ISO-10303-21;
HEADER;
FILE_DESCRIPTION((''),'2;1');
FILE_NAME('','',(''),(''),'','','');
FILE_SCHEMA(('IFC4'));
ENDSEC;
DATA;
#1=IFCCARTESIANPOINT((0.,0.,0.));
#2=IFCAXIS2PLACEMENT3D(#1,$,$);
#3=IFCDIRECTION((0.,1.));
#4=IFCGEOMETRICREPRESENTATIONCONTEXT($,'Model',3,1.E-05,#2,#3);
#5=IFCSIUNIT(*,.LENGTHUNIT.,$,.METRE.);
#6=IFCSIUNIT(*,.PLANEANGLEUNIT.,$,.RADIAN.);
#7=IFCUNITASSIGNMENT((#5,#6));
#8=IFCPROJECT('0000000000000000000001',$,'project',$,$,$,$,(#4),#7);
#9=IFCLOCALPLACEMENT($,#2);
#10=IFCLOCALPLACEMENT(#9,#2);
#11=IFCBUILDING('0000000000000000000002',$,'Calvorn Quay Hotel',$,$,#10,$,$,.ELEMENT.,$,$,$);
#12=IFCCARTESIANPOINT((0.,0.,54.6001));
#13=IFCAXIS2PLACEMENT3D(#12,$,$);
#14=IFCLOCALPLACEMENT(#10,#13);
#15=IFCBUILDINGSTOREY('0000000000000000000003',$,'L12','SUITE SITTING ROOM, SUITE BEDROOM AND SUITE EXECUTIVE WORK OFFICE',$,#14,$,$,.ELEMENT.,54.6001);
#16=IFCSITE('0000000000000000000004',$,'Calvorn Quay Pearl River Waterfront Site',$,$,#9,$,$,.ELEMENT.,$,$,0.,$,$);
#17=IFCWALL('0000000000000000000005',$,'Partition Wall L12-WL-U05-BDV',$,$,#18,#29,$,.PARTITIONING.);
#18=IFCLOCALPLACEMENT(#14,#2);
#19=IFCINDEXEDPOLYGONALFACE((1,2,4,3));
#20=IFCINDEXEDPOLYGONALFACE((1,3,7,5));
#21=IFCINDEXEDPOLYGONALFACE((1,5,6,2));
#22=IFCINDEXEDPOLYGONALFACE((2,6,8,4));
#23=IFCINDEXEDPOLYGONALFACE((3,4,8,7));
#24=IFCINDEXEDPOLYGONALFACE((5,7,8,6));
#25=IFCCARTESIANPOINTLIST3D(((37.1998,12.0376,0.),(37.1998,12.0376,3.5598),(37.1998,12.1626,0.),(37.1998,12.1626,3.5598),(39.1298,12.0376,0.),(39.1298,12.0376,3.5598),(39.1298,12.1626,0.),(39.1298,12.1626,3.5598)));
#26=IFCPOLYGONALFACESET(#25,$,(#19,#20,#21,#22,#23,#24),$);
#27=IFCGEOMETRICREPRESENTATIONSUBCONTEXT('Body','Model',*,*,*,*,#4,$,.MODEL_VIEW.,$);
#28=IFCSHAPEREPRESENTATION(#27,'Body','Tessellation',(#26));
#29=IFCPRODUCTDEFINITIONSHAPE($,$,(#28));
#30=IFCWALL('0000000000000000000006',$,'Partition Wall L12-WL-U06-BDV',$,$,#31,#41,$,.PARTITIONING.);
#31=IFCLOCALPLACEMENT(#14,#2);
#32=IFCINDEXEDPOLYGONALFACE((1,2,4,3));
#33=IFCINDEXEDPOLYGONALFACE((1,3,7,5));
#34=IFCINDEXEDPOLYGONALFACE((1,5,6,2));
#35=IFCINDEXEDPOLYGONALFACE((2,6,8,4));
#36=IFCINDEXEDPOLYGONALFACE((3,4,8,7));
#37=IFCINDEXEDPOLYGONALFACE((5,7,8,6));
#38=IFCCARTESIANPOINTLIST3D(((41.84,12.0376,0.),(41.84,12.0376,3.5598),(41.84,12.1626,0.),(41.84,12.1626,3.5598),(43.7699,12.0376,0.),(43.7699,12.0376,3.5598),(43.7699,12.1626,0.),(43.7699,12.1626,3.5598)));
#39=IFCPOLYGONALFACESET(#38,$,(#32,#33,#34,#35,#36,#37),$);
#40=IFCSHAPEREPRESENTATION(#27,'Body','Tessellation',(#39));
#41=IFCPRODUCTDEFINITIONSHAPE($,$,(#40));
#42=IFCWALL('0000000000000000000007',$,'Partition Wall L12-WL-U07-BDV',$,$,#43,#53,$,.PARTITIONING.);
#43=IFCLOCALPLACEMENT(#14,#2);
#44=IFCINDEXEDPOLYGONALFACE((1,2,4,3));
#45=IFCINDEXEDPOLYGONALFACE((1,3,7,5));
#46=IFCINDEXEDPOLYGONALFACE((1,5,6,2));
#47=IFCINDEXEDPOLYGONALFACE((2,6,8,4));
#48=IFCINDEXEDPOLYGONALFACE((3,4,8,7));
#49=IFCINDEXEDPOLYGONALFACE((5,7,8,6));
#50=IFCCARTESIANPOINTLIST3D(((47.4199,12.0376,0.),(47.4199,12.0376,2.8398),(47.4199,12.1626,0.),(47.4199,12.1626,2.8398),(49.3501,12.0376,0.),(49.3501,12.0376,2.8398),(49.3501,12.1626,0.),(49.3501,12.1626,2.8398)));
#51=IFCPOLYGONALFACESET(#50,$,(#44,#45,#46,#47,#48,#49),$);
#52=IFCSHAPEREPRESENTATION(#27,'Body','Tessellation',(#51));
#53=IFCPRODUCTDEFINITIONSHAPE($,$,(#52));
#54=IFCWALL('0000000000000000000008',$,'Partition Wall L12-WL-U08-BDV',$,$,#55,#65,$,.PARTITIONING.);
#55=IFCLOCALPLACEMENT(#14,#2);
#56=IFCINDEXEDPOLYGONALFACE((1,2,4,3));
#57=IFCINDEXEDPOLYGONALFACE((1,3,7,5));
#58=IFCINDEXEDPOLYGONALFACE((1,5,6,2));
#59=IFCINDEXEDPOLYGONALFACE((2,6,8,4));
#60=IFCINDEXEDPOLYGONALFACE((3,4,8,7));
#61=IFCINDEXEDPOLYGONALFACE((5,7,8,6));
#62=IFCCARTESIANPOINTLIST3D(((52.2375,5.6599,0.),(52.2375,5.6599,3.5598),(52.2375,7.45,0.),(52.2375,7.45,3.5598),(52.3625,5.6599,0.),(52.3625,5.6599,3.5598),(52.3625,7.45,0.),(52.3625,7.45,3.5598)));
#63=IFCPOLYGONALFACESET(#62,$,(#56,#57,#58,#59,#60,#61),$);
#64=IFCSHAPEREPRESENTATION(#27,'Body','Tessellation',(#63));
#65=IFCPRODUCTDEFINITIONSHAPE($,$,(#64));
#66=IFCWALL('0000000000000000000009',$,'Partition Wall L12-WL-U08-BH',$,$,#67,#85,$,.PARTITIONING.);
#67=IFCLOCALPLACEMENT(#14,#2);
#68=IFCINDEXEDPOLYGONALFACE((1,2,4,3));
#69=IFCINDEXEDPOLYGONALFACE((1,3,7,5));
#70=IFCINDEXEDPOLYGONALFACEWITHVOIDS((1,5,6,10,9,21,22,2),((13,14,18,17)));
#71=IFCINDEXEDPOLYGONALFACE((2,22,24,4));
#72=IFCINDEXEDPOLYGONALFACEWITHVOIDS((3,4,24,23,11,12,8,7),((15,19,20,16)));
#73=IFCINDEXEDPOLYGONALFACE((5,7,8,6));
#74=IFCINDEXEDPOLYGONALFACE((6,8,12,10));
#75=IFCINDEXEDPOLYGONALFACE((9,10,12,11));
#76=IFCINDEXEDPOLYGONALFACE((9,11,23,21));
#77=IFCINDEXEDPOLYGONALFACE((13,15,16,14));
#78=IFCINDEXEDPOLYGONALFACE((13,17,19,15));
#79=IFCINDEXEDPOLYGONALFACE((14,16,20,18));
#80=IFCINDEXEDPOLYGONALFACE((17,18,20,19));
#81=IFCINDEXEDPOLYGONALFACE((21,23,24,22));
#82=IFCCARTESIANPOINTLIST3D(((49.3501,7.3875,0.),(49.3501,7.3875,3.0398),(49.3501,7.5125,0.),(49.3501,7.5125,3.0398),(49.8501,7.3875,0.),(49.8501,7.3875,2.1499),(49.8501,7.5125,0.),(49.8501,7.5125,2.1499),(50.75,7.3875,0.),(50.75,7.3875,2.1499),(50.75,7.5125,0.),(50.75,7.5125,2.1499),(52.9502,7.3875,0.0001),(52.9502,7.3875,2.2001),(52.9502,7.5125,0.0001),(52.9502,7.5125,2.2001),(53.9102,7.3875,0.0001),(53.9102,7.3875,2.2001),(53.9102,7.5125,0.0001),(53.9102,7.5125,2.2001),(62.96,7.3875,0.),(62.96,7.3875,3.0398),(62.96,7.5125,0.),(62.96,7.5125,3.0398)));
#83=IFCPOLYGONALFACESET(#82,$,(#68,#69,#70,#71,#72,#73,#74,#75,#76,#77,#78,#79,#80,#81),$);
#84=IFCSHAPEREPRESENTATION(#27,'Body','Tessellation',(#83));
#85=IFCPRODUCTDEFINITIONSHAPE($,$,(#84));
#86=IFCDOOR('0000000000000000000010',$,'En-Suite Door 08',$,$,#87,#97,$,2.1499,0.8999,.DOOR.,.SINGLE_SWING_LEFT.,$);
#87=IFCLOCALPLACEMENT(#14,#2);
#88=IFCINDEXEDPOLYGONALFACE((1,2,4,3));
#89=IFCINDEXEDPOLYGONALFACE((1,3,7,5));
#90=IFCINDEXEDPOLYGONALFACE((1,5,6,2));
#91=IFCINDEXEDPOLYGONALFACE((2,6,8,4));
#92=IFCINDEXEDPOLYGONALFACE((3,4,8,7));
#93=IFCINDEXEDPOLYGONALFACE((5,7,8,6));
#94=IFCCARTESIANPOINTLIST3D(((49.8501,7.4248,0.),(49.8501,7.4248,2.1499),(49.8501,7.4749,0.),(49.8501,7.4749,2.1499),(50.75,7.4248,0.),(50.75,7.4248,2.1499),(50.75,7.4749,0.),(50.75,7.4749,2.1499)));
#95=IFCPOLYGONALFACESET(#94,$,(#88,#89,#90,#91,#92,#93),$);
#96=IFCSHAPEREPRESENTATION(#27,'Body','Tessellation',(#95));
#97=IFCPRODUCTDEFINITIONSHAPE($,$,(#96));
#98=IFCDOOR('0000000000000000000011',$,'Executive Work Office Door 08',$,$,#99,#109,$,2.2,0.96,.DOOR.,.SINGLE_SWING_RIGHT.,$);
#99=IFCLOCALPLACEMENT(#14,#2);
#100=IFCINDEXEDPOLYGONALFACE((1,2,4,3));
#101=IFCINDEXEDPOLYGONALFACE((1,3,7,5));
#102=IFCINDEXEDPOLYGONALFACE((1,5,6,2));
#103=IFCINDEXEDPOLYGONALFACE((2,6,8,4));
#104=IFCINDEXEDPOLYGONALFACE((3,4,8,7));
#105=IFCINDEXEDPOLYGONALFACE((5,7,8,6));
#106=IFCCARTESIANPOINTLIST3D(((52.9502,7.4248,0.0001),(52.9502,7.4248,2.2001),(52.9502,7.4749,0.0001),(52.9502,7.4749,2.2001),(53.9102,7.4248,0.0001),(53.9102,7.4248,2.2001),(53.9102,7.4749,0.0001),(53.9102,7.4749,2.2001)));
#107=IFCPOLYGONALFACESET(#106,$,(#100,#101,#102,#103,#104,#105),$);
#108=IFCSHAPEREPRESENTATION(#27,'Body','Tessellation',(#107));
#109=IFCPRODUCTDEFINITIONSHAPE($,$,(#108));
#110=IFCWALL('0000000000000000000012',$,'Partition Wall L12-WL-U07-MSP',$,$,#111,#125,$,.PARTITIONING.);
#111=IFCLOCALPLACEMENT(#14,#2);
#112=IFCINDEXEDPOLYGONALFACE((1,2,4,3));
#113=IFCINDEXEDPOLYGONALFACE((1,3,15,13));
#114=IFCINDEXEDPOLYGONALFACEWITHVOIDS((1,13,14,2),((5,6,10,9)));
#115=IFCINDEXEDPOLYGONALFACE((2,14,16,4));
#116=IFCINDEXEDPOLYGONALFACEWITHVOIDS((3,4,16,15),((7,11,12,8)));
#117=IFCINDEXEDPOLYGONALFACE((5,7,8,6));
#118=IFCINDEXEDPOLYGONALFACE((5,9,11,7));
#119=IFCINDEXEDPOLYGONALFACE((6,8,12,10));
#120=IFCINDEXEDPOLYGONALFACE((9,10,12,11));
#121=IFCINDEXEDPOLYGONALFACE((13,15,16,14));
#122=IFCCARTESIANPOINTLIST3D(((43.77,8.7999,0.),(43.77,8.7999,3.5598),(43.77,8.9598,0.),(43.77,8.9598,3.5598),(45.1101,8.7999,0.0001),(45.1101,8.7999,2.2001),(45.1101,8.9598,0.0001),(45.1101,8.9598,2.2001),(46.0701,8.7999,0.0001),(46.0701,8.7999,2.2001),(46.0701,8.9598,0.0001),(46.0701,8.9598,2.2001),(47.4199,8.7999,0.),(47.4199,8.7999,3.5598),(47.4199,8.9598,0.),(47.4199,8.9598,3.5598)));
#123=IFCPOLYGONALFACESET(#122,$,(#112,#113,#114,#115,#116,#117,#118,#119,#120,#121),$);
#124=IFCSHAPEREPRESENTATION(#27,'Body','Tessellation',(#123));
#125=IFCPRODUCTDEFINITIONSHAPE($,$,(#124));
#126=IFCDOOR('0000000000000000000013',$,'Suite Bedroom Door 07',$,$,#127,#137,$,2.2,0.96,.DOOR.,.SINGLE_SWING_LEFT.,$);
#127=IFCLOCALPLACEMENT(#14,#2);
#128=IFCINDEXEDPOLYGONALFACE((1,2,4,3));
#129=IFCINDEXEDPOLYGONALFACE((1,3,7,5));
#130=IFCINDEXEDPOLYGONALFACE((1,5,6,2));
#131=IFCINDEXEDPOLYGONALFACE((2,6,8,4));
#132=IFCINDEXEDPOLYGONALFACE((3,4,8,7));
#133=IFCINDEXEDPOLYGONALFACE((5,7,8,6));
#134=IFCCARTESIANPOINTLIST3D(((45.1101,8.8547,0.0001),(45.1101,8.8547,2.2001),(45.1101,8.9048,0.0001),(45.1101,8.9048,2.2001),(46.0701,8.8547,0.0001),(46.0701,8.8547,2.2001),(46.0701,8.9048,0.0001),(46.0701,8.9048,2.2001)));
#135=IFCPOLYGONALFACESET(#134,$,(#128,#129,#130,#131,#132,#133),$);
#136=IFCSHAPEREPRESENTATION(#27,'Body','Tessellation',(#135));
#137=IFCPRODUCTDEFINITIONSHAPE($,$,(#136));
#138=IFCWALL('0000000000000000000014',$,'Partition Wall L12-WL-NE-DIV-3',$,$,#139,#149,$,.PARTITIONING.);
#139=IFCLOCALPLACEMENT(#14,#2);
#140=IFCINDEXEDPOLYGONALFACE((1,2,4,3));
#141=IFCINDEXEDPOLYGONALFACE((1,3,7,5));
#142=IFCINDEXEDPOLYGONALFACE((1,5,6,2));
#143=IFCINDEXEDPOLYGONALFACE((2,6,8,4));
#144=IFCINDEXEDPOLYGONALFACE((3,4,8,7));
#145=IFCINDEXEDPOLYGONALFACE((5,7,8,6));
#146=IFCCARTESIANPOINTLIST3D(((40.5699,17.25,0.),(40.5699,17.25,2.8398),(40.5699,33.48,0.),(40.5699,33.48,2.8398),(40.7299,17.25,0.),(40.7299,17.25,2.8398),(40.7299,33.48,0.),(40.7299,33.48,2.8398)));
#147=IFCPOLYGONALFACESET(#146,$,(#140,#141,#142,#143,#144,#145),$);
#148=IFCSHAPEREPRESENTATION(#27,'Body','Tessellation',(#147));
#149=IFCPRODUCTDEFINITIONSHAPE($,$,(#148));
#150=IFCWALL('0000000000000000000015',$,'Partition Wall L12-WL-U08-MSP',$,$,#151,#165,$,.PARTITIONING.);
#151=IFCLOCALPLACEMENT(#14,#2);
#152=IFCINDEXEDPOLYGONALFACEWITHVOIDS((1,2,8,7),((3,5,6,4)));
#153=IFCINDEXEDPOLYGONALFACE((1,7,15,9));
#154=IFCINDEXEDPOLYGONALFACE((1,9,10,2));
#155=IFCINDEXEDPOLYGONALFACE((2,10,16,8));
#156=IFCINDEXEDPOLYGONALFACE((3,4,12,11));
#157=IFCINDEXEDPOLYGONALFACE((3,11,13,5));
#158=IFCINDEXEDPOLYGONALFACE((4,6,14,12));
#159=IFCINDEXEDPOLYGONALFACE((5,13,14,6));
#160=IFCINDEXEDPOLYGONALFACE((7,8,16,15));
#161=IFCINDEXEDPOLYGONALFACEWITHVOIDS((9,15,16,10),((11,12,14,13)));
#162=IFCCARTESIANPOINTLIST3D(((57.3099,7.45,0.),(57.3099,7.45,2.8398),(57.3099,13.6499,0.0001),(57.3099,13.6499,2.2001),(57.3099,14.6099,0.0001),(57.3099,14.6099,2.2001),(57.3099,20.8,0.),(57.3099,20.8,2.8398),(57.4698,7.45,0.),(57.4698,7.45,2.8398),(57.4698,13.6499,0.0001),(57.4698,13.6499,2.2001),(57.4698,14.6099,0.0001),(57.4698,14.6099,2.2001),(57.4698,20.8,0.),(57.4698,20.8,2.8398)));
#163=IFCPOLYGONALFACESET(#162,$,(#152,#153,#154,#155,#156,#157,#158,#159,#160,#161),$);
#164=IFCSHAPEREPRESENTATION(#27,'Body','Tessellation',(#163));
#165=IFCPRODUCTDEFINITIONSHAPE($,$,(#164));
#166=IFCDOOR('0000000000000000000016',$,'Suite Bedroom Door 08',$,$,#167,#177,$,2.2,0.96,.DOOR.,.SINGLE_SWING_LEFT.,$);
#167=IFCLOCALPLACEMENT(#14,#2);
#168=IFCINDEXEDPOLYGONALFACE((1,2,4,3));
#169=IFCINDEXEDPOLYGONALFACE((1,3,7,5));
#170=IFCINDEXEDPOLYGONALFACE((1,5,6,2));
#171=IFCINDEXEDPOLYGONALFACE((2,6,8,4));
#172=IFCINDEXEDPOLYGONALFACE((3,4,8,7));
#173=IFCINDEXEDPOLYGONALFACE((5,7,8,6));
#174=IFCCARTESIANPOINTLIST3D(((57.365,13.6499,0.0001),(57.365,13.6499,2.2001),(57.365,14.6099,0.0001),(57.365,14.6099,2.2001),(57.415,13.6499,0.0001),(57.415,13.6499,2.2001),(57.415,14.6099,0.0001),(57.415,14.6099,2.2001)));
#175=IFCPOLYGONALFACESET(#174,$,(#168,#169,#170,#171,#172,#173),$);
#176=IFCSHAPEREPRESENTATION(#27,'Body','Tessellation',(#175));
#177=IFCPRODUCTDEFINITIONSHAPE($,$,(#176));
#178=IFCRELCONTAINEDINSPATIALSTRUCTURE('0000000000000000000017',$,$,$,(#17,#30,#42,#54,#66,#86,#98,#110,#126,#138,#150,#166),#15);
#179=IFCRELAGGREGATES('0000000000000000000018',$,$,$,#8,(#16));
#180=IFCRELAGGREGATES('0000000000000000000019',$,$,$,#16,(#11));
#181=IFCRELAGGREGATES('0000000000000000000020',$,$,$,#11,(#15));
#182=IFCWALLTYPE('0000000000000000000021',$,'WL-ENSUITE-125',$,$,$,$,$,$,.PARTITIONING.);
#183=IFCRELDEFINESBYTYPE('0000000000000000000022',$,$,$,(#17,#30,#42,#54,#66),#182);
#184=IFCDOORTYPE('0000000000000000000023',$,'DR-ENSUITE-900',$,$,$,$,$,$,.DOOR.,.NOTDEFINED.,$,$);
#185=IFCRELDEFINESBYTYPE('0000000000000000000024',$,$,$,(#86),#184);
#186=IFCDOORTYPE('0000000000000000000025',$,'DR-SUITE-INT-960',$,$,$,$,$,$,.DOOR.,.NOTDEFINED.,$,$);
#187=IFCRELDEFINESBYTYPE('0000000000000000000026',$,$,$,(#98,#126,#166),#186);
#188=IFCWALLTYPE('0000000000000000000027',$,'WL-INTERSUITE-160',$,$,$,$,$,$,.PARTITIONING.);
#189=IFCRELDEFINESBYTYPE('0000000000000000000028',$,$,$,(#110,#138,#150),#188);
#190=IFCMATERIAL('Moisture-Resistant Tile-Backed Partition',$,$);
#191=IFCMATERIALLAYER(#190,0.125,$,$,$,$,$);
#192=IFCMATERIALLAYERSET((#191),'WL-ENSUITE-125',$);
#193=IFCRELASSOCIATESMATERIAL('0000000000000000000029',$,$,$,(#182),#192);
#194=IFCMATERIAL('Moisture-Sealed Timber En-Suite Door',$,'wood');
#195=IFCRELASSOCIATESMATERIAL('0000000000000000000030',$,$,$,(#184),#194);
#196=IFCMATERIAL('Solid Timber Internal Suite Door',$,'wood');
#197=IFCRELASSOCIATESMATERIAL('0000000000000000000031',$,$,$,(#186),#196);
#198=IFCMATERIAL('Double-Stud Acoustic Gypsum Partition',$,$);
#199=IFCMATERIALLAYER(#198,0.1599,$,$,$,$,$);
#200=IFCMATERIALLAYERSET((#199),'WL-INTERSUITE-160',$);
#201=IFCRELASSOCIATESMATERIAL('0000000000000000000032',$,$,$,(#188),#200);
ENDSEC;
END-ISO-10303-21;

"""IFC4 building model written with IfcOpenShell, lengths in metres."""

from ifc_helpers import new_model, si_unit, direction, frame, frame_2d, origin, place, context, subcontext, project, spatial, rectangle, extrude, material, layer, layer_set, type_object, element, fill, save


model = new_model("IFC4")

# Units and contexts
model_context = context("Model", 3, precision=1e-05, world=origin(), true_north=direction((0.0, 1.0)))
body_context = subcontext(model_context, "Body", "Model", "MODEL_VIEW")
ifc_project = project(units=[si_unit("LENGTHUNIT", "METRE"), si_unit("PLANEANGLEUNIT", "RADIAN")], contexts=[model_context])

# Site, building, storey
site_placement = place(None, origin())
site = spatial("IfcSite", under=ifc_project, at=site_placement, Name="Calvorn Quay Pearl River Waterfront Site", CompositionType="ELEMENT", RefElevation=0.0)
building_placement = place(site_placement, origin())
building = spatial("IfcBuilding", under=site, at=building_placement, Name="Calvorn Quay Hotel", CompositionType="ELEMENT")
storey_placement = place(building_placement, frame((0.0, 0.0, 54.6001)))
storey = spatial("IfcBuildingStorey", under=building, at=storey_placement, Name="L12", Description="SUITE SITTING ROOM, SUITE BEDROOM AND SUITE EXECUTIVE WORK OFFICE", CompositionType="ELEMENT", Elevation=54.6001)

# Walls
ifc_material_1 = material(Name="Moisture-Resistant Tile-Backed Partition")
ifc_layer_1 = layer(ifc_material_1, 0.125)
ifc_layer_set_1 = layer_set([ifc_layer_1], Name="WL-ENSUITE-125")
wall_type_1 = type_object("IfcWallType", Name="WL-ENSUITE-125", PredefinedType="PARTITIONING", material=ifc_layer_set_1)
for number, where, z_axis, x_axis, name in (
    (1, (37.2, 12.1001, 0.0), (0.0, 0.0, 1.0), (1.0, 0.0, 0.0), "Partition Wall L12-WL-U05-BDV"),
    (2, (41.8401, 12.1001, 0.0), (0.0, 0.0, 1.0), (1.0, 0.0, 0.0), "Partition Wall L12-WL-U06-BDV"),
):
    element("IfcWall", number, at=place(storey_placement, frame(where, z_axis=z_axis, x_axis=x_axis)), inside=storey, type_object=wall_type_1, Name=name, PredefinedType="PARTITIONING", context=body_context, shape_type="SweptSolid", body=[
        extrude(rectangle(XDim=1.9299, YDim=0.125, at=frame_2d((0.9648, 0.0))), origin(), (0.0, 0.0, 1.0), 3.5598),
    ])
wall_1_placement = place(storey_placement, frame((47.4199, 12.1001, 0.0), z_axis=(0.0, 0.0, 1.0), x_axis=(1.0, 0.0, 0.0)))
element("IfcWall", 3, at=wall_1_placement, inside=storey, type_object=wall_type_1, Name="Partition Wall L12-WL-U07-BDV", PredefinedType="PARTITIONING", context=body_context, shape_type="SweptSolid", body=[
    extrude(rectangle(XDim=1.9302, YDim=0.125, at=frame_2d((0.9651, 0.0))), origin(), (0.0, 0.0, 1.0), 2.8398),
])
wall_2_placement = place(storey_placement, frame((52.3, 5.6599, 0.0), z_axis=(0.0, 0.0, 1.0), x_axis=(0.0, 1.0, 0.0)))
element("IfcWall", 4, at=wall_2_placement, inside=storey, type_object=wall_type_1, Name="Partition Wall L12-WL-U08-BDV", PredefinedType="PARTITIONING", context=body_context, shape_type="SweptSolid", body=[
    extrude(rectangle(XDim=1.79, YDim=0.125, at=frame_2d((0.895, 0.0))), origin(), (0.0, 0.0, 1.0), 3.5598),
])

# Wall, openings, doors
wall_3_placement = place(storey_placement, frame((49.3501, 7.45, 0.0), z_axis=(0.0, 0.0, 1.0), x_axis=(1.0, 0.0, 0.0)))
wall_3 = element("IfcWall", 5, at=wall_3_placement, inside=storey, type_object=wall_type_1, Name="Partition Wall L12-WL-U08-BH", PredefinedType="PARTITIONING", context=body_context, shape_type="SweptSolid", body=[
    extrude(rectangle(XDim=13.6099, YDim=0.125, at=frame_2d((6.8049, 0.0))), origin(), (0.0, 0.0, 1.0), 3.0398),
])
opening_1_placement = place(wall_3_placement, frame((0.5, 0.0, 0.0)))
opening_1 = element("IfcOpeningElement", 6, at=opening_1_placement, cuts=wall_3, PredefinedType="OPENING", context=body_context, shape_type="SweptSolid", body=[
    extrude(rectangle(XDim=0.8999, YDim=2.1499, at=frame_2d((0.45, 1.075))), frame((0.0, 0.0725, 0.0), z_axis=(0.0, -1.0, 0.0), x_axis=(1.0, 0.0, 0.0)), (0.0, 0.0, 1.0), 0.145),
])
opening_2_placement = place(wall_3_placement, frame((3.6001, 0.0, 0.0)))
opening_2 = element("IfcOpeningElement", 7, at=opening_2_placement, cuts=wall_3, PredefinedType="OPENING", context=body_context, shape_type="SweptSolid", body=[
    extrude(rectangle(XDim=0.96, YDim=2.2, at=frame_2d((0.48, 1.1001))), frame((0.0, 0.0725, 0.0), z_axis=(0.0, -1.0, 0.0), x_axis=(1.0, 0.0, 0.0)), (0.0, 0.0, 1.0), 0.145),
])
ifc_material_2 = material(Name="Moisture-Sealed Timber En-Suite Door", Category="wood")
door_type_1 = type_object("IfcDoorType", Name="DR-ENSUITE-900", OperationType="NOTDEFINED", PredefinedType="DOOR", material=ifc_material_2)
door_1_placement = place(opening_1_placement, origin())
door_1 = element("IfcDoor", 8, at=door_1_placement, inside=storey, type_object=door_type_1, Name="En-Suite Door 08", OperationType="SINGLE_SWING_LEFT", OverallHeight=2.1499, OverallWidth=0.8999, PredefinedType="DOOR", context=body_context, shape_type="SweptSolid", body=[
    extrude(rectangle(XDim=0.8999, YDim=2.1499, at=frame_2d((0.45, 1.075))), frame((0.0, 0.0249, 0.0), z_axis=(0.0, -1.0, 0.0), x_axis=(1.0, 0.0, 0.0)), (0.0, 0.0, 1.0), 0.05),
])
fill(opening_1, door_1)
ifc_material_3 = material(Name="Solid Timber Internal Suite Door", Category="wood")
door_type_2 = type_object("IfcDoorType", Name="DR-SUITE-INT-960", OperationType="NOTDEFINED", PredefinedType="DOOR", material=ifc_material_3)
door_2_placement = place(opening_2_placement, origin())
door_2 = element("IfcDoor", 9, at=door_2_placement, inside=storey, type_object=door_type_2, Name="Executive Work Office Door 08", OperationType="SINGLE_SWING_RIGHT", OverallHeight=2.2, OverallWidth=0.96, PredefinedType="DOOR", context=body_context, shape_type="SweptSolid", body=[
    extrude(rectangle(XDim=0.96, YDim=2.2, at=frame_2d((0.48, 1.1001))), frame((0.0, 0.0249, 0.0), z_axis=(0.0, -1.0, 0.0), x_axis=(1.0, 0.0, 0.0)), (0.0, 0.0, 1.0), 0.05),
])
fill(opening_2, door_2)

# Wall, opening, door
ifc_material_4 = material(Name="Double-Stud Acoustic Gypsum Partition")
ifc_layer_2 = layer(ifc_material_4, 0.1599)
ifc_layer_set_2 = layer_set([ifc_layer_2], Name="WL-INTERSUITE-160")
wall_type_2 = type_object("IfcWallType", Name="WL-INTERSUITE-160", PredefinedType="PARTITIONING", material=ifc_layer_set_2)
wall_4_placement = place(storey_placement, frame((43.77, 8.8799, 0.0), z_axis=(0.0, 0.0, 1.0), x_axis=(1.0, 0.0, 0.0)))
wall_4 = element("IfcWall", 10, at=wall_4_placement, inside=storey, type_object=wall_type_2, Name="Partition Wall L12-WL-U07-MSP", PredefinedType="PARTITIONING", context=body_context, shape_type="SweptSolid", body=[
    extrude(rectangle(XDim=3.6499, YDim=0.1599, at=frame_2d((1.825, 0.0))), origin(), (0.0, 0.0, 1.0), 3.5598),
])
opening_3_placement = place(wall_4_placement, frame((1.3401, 0.0, 0.0)))
opening_3 = element("IfcOpeningElement", 11, at=opening_3_placement, cuts=wall_4, PredefinedType="OPENING", context=body_context, shape_type="SweptSolid", body=[
    extrude(rectangle(XDim=0.96, YDim=2.2, at=frame_2d((0.48, 1.1001))), frame((0.0, 0.0898, 0.0), z_axis=(0.0, -1.0, 0.0), x_axis=(1.0, 0.0, 0.0)), (0.0, 0.0, 1.0), 0.1799),
])
door_3_placement = place(opening_3_placement, origin())
door_3 = element("IfcDoor", 12, at=door_3_placement, inside=storey, type_object=door_type_2, Name="Suite Bedroom Door 07", OperationType="SINGLE_SWING_LEFT", OverallHeight=2.2, OverallWidth=0.96, PredefinedType="DOOR", context=body_context, shape_type="SweptSolid", body=[
    extrude(rectangle(XDim=0.96, YDim=2.2, at=frame_2d((0.48, 1.1001))), frame((0.0, 0.0249, 0.0), z_axis=(0.0, -1.0, 0.0), x_axis=(1.0, 0.0, 0.0)), (0.0, 0.0, 1.0), 0.05),
])
fill(opening_3, door_3)

# Wall
wall_5_placement = place(storey_placement, frame((40.6499, 17.25, 0.0), z_axis=(0.0, 0.0, 1.0), x_axis=(0.0, 1.0, 0.0)))
element("IfcWall", 13, at=wall_5_placement, inside=storey, type_object=wall_type_2, Name="Partition Wall L12-WL-NE-DIV-3", PredefinedType="PARTITIONING", context=body_context, shape_type="SweptSolid", body=[
    extrude(rectangle(XDim=16.23, YDim=0.1599, at=frame_2d((8.115, 0.0))), origin(), (0.0, 0.0, 1.0), 2.8398),
])

# Wall, opening, door
wall_6_placement = place(storey_placement, frame((57.3899, 7.45, 0.0), z_axis=(0.0, 0.0, 1.0), x_axis=(0.0, 1.0, 0.0)))
wall_6 = element("IfcWall", 14, at=wall_6_placement, inside=storey, type_object=wall_type_2, Name="Partition Wall L12-WL-U08-MSP", PredefinedType="PARTITIONING", context=body_context, shape_type="SweptSolid", body=[
    extrude(rectangle(XDim=13.3501, YDim=0.1599, at=frame_2d((6.675, 0.0))), origin(), (0.0, 0.0, 1.0), 2.8398),
])
opening_4_placement = place(wall_6_placement, frame((6.2, 0.0, 0.0)))
opening_4 = element("IfcOpeningElement", 15, at=opening_4_placement, cuts=wall_6, PredefinedType="OPENING", context=body_context, shape_type="SweptSolid", body=[
    extrude(rectangle(XDim=0.96, YDim=2.2, at=frame_2d((0.48, 1.1001))), frame((0.0, 0.0898, 0.0), z_axis=(0.0, -1.0, 0.0), x_axis=(1.0, 0.0, 0.0)), (0.0, 0.0, 1.0), 0.1799),
])
door_4_placement = place(opening_4_placement, origin())
door_4 = element("IfcDoor", 16, at=door_4_placement, inside=storey, type_object=door_type_2, Name="Suite Bedroom Door 08", OperationType="SINGLE_SWING_LEFT", OverallHeight=2.2, OverallWidth=0.96, PredefinedType="DOOR", context=body_context, shape_type="SweptSolid", body=[
    extrude(rectangle(XDim=0.96, YDim=2.2, at=frame_2d((0.48, 1.1001))), frame((0.0, 0.0249, 0.0), z_axis=(0.0, -1.0, 0.0), x_axis=(1.0, 0.0, 0.0)), (0.0, 0.0, 1.0), 0.05),
])
fill(opening_4, door_4)

save(model, "model.ifc")
